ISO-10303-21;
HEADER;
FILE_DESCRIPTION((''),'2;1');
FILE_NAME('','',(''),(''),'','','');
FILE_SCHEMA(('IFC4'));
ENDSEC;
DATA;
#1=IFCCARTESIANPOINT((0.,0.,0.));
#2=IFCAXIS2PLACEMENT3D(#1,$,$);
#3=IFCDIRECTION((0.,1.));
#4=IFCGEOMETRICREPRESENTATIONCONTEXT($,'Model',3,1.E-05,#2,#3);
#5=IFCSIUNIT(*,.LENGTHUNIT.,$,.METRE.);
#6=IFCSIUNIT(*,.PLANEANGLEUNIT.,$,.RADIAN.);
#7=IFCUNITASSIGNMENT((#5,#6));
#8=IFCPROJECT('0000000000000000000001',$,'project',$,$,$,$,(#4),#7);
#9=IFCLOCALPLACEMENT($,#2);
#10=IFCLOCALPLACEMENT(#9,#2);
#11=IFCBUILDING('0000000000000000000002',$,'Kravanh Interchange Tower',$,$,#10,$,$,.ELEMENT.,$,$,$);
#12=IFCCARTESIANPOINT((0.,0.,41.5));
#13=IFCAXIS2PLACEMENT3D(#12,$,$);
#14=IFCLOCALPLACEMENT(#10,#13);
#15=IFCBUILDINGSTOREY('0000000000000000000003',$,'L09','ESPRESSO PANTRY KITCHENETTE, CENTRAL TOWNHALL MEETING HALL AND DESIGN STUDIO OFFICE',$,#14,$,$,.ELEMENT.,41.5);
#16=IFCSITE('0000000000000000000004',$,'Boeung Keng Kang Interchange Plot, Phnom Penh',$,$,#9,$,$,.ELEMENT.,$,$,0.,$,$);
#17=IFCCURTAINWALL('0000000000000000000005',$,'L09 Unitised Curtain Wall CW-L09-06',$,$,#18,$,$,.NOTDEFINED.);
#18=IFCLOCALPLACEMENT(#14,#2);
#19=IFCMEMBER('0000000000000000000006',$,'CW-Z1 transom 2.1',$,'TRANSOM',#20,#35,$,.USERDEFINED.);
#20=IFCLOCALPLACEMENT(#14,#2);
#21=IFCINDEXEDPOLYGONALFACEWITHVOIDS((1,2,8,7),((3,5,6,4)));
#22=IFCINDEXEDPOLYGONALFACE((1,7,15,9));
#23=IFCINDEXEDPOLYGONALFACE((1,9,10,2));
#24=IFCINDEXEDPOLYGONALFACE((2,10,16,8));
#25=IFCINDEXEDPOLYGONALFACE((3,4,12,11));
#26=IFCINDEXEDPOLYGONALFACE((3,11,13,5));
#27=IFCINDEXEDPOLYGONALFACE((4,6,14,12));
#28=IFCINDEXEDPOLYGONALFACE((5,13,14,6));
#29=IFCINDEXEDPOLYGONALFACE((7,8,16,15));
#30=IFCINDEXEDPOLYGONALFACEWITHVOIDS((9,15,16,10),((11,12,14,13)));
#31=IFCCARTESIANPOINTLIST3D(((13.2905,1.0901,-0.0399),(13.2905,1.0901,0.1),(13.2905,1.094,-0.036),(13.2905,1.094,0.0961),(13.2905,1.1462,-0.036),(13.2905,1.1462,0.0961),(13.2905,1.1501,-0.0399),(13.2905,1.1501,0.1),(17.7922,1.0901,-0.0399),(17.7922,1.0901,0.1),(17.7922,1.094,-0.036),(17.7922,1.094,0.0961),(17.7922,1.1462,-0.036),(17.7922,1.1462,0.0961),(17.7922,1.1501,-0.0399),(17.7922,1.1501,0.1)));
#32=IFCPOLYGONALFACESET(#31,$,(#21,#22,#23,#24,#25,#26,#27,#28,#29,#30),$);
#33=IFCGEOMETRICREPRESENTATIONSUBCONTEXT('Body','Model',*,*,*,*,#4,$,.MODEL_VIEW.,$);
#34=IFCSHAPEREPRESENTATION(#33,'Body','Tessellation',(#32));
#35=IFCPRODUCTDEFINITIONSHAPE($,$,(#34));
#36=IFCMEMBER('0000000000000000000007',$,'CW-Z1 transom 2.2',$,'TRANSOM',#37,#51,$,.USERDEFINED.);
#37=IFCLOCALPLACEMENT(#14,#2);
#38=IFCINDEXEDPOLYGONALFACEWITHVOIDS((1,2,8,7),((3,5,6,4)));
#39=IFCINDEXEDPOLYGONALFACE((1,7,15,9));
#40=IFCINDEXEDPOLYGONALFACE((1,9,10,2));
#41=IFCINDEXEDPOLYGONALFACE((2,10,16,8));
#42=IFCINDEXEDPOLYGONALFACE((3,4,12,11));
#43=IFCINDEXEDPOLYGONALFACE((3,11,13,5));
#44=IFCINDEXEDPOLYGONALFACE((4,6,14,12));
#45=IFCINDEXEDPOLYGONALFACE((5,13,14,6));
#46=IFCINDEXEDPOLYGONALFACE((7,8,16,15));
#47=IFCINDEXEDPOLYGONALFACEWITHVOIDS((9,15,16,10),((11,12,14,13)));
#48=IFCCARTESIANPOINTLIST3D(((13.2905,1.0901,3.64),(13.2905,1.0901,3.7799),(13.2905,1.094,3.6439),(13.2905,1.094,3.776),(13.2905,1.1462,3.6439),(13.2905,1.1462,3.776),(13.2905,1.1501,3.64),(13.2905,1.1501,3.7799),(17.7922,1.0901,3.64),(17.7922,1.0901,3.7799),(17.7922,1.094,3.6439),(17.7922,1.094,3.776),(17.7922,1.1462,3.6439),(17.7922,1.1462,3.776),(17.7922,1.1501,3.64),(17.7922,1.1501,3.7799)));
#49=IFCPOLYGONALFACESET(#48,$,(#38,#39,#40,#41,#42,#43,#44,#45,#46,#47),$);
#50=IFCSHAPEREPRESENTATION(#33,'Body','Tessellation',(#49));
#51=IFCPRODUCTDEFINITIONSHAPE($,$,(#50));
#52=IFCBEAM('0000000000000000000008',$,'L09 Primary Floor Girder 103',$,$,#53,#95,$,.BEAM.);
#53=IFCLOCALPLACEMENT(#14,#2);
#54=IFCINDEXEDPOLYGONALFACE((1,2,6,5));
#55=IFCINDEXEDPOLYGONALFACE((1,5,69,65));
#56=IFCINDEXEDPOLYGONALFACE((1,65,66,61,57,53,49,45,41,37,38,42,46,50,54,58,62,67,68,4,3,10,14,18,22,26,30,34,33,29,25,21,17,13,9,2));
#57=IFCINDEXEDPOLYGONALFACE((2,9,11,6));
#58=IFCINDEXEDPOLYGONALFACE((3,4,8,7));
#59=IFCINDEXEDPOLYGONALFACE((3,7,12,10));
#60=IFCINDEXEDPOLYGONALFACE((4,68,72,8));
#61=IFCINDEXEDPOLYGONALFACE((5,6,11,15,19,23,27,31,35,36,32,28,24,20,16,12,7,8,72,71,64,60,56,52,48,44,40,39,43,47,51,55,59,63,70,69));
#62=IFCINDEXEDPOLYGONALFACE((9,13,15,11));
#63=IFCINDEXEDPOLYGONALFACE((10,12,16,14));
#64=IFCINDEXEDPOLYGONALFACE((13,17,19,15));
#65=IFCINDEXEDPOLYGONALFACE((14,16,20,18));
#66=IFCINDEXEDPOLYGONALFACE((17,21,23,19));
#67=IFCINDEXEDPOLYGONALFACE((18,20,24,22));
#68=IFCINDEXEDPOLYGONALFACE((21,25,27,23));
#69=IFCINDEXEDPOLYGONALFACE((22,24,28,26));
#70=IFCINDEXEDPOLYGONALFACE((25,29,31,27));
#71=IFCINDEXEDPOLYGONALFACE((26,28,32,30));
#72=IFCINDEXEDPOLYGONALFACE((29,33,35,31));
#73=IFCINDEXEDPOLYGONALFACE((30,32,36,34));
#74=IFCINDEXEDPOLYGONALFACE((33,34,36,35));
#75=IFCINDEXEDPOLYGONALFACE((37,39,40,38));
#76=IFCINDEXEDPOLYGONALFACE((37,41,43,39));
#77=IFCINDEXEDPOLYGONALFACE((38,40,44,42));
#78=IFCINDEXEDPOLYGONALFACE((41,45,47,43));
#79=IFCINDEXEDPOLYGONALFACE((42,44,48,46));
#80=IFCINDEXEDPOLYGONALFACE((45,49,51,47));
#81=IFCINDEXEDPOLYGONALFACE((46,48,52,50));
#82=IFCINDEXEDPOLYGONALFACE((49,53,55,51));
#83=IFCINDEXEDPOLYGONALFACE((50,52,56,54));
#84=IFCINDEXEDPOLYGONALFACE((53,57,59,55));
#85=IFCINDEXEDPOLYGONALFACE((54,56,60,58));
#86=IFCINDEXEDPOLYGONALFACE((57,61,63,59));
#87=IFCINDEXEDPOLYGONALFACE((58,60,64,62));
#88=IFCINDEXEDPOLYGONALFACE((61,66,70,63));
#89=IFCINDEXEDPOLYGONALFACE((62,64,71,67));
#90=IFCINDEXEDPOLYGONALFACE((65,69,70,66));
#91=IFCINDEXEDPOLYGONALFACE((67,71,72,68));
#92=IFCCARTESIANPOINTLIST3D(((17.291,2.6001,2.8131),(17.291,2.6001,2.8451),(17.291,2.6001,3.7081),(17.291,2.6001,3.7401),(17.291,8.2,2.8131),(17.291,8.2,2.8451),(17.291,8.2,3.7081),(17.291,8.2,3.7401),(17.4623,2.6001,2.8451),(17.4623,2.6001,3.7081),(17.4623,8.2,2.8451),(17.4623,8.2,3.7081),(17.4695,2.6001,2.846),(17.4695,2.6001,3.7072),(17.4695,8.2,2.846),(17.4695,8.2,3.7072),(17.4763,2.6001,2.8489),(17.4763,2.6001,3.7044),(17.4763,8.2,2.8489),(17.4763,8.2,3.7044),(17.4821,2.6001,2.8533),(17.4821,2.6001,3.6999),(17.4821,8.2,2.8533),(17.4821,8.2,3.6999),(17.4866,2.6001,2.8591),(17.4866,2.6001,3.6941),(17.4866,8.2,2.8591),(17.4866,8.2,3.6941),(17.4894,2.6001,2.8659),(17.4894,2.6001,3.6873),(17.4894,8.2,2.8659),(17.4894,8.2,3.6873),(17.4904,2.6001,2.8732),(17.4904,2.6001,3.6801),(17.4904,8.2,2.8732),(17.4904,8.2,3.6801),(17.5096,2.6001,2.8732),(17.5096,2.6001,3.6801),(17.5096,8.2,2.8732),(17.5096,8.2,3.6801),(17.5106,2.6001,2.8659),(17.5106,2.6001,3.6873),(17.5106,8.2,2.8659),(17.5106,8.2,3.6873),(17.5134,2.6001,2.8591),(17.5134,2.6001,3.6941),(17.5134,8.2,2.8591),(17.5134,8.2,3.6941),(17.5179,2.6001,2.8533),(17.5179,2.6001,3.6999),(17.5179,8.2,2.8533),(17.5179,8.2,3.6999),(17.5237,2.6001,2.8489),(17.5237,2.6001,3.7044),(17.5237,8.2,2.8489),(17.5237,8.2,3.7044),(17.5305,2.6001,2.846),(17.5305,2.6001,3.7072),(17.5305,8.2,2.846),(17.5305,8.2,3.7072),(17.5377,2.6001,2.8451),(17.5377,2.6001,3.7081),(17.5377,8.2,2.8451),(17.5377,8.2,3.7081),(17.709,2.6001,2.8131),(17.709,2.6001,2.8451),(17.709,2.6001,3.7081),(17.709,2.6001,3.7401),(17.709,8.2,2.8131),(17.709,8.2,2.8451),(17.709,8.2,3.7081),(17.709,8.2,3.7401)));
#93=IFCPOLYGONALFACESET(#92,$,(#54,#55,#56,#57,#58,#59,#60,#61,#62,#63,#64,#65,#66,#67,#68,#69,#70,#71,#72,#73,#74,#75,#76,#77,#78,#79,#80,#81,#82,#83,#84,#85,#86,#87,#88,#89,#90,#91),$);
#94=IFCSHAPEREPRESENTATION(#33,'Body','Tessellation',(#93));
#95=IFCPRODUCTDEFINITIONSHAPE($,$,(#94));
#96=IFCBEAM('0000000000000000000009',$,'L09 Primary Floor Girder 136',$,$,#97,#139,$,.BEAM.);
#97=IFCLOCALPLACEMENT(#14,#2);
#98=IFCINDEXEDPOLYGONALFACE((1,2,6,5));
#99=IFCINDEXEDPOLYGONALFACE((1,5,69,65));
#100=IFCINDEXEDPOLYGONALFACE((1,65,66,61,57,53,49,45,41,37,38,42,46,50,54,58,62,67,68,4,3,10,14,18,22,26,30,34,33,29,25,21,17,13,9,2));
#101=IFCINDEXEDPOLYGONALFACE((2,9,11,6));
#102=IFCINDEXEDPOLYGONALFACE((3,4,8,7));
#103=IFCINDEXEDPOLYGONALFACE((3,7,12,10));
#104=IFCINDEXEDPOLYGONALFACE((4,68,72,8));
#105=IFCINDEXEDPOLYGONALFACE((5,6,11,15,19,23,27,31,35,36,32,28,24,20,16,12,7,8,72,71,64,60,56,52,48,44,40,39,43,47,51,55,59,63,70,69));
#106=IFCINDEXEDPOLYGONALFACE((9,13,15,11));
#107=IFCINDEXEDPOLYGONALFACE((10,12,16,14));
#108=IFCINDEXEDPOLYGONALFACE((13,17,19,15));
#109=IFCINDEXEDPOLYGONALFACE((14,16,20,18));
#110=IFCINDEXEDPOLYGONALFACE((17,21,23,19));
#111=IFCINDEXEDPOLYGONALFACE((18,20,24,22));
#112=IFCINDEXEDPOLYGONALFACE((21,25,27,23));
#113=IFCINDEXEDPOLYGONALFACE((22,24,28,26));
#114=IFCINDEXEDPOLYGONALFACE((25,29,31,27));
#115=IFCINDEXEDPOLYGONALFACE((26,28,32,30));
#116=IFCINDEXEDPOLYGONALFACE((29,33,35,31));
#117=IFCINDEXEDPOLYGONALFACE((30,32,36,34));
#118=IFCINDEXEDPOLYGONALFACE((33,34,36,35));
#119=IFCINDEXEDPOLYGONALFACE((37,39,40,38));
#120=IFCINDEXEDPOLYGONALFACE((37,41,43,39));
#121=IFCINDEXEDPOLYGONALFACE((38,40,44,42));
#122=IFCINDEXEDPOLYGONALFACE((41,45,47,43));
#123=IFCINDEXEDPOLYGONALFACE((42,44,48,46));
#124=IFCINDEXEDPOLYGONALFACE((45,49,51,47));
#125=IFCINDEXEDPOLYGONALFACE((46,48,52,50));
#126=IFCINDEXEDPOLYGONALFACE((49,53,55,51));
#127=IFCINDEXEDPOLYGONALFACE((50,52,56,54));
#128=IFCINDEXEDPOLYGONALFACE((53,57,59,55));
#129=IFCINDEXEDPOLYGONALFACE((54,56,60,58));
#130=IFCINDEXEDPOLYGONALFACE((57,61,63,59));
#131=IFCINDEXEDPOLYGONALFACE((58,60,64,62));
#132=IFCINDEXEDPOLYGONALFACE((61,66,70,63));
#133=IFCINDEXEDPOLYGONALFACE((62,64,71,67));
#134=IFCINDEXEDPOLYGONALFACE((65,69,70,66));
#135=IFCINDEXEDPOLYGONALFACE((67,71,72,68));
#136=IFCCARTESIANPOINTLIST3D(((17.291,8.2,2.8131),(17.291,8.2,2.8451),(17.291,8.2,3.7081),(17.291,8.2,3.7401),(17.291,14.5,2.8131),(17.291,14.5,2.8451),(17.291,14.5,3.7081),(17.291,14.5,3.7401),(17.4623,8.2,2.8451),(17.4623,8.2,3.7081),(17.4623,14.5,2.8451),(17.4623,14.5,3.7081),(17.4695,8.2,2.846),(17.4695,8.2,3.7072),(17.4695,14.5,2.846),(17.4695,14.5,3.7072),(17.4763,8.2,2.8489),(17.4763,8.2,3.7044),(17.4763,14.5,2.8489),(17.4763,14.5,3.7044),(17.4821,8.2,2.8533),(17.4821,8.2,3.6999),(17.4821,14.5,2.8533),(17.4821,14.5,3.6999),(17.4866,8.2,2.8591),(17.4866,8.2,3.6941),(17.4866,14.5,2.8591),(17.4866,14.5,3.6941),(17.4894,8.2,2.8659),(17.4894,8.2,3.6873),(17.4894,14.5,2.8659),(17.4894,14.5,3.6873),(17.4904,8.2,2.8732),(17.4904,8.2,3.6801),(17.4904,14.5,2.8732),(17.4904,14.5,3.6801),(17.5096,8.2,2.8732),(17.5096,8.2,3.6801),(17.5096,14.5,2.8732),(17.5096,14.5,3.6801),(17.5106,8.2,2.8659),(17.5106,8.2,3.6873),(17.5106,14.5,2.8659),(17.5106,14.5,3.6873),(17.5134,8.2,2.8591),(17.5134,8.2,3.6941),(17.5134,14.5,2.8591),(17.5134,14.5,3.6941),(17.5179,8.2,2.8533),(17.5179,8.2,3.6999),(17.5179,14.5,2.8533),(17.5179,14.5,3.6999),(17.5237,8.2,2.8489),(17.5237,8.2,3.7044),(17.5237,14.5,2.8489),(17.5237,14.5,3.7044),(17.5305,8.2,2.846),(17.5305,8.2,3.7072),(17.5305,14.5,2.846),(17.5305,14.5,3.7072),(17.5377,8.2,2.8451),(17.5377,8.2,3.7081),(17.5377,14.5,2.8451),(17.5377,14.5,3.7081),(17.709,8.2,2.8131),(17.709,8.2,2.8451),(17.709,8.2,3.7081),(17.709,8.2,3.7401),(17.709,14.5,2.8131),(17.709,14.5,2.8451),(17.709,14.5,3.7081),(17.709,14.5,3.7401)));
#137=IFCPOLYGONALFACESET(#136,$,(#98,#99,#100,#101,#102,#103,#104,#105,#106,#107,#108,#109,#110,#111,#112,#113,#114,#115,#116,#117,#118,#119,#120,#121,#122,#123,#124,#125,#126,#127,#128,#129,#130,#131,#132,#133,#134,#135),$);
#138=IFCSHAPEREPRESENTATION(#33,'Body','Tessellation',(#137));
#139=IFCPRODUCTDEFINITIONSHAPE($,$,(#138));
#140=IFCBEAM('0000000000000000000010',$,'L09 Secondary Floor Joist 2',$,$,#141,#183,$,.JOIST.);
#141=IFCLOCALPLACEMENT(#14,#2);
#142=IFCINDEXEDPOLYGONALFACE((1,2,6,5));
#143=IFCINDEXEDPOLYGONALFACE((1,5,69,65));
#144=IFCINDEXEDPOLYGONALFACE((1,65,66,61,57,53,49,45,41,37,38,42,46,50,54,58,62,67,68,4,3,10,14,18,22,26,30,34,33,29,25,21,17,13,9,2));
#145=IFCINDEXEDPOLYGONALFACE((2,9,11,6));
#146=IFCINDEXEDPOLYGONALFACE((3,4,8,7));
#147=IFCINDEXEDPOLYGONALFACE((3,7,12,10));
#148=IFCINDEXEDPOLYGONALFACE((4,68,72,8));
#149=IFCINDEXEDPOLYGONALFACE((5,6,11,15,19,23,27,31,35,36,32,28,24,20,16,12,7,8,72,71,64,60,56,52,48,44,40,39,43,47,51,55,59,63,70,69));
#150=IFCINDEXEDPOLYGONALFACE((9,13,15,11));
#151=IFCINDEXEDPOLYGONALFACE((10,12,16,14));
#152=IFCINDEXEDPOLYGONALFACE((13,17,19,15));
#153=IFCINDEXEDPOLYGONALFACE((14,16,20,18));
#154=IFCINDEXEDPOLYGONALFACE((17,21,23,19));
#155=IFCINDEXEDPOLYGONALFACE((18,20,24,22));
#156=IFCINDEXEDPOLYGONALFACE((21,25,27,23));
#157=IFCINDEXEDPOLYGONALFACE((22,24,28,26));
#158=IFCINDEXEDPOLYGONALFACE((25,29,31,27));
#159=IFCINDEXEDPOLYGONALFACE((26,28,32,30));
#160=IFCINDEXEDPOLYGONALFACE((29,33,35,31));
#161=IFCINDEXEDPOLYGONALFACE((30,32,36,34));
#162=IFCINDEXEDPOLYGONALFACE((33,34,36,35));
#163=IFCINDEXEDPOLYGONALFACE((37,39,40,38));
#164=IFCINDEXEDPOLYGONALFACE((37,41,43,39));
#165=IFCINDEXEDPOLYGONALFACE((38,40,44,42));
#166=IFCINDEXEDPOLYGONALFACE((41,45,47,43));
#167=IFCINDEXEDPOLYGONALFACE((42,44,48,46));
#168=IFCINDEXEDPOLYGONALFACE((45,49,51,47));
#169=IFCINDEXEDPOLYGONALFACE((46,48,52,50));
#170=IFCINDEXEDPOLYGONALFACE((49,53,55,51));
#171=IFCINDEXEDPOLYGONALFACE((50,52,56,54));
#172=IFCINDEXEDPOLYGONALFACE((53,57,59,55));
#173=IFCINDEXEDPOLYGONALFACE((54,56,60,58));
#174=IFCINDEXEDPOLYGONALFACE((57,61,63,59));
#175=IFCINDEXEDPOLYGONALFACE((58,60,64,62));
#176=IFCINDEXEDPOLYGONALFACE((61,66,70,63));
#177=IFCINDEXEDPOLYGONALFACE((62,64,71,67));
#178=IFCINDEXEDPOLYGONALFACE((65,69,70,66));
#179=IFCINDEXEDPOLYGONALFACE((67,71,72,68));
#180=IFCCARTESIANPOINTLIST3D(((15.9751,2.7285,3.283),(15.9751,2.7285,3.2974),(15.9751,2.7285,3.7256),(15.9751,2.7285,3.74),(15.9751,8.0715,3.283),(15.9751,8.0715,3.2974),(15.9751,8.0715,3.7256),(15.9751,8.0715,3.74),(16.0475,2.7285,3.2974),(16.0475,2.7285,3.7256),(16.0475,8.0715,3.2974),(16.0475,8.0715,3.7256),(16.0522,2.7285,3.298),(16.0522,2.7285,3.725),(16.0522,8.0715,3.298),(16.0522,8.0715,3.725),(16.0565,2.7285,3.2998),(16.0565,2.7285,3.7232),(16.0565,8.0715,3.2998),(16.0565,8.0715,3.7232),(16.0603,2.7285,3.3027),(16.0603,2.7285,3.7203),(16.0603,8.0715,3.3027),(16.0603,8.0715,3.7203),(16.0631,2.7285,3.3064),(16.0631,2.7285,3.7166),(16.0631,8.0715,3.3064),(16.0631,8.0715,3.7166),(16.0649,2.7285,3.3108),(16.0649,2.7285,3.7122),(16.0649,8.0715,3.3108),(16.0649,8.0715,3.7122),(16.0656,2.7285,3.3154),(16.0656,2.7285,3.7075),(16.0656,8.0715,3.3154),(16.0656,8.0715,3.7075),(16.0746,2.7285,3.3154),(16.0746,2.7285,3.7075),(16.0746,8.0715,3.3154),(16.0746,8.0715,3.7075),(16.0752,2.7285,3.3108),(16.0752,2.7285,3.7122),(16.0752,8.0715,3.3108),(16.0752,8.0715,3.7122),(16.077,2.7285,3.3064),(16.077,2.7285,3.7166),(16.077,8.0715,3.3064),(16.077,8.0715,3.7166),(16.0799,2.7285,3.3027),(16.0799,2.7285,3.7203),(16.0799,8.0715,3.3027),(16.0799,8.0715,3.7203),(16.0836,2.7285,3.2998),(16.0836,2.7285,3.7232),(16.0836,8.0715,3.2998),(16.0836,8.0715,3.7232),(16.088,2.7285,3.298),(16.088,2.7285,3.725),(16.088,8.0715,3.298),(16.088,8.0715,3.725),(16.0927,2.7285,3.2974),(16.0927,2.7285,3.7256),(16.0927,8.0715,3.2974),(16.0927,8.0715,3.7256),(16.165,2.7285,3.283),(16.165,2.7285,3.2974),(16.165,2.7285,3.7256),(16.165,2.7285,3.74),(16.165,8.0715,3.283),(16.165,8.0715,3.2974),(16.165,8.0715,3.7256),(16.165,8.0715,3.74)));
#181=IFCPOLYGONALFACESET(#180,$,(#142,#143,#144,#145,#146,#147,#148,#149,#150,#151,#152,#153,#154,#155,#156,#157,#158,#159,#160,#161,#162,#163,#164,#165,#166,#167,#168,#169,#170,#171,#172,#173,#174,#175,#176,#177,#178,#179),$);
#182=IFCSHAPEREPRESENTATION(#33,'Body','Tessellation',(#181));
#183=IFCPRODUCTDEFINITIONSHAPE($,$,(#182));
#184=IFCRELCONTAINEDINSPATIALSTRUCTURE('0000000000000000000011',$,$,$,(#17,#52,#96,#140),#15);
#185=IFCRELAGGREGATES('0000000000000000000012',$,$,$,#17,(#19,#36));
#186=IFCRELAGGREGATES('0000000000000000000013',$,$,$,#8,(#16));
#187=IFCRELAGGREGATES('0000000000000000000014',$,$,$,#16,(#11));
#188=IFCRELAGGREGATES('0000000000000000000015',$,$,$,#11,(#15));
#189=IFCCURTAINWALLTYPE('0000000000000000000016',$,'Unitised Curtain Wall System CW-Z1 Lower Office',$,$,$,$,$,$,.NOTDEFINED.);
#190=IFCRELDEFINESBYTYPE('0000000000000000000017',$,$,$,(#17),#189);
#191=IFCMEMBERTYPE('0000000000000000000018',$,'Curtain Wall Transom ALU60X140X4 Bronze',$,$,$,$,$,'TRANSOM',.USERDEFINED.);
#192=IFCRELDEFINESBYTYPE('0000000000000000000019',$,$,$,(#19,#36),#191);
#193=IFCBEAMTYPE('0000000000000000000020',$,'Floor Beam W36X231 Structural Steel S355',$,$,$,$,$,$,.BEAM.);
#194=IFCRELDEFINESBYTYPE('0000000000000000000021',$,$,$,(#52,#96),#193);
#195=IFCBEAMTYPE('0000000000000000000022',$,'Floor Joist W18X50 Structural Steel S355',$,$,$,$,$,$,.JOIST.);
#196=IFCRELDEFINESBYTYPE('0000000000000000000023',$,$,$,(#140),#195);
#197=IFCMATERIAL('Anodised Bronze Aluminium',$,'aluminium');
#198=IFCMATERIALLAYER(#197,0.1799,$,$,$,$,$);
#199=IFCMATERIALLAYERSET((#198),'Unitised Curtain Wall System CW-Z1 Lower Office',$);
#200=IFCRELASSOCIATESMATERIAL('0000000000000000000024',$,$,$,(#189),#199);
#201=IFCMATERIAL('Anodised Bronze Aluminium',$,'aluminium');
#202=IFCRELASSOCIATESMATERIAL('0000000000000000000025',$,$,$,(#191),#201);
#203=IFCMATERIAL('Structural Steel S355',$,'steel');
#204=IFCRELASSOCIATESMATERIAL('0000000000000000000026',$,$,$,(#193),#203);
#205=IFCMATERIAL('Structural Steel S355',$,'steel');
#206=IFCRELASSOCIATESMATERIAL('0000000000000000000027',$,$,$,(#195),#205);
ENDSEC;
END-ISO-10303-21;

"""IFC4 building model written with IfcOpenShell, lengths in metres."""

from ifc_helpers import new_model, si_unit, direction, frame, origin, origin_2d, place, context, subcontext, project, spatial, hollow_rectangle, i_section, extrude, material, layer, layer_set, material_profile, profile_set, type_object, element, aggregate, save


model = new_model("IFC4")

# Units and contexts
model_context = context("Model", 3, precision=1e-05, world=origin(), true_north=direction((0.0, 1.0)))
body_context = subcontext(model_context, "Body", "Model", "MODEL_VIEW")
ifc_project = project(units=[si_unit("LENGTHUNIT", "METRE"), si_unit("PLANEANGLEUNIT", "RADIAN")], contexts=[model_context])

# Site, building, storey
site_placement = place(None, origin())
site = spatial("IfcSite", under=ifc_project, at=site_placement, Name="Boeung Keng Kang Interchange Plot, Phnom Penh", CompositionType="ELEMENT", RefElevation=0.0)
building_placement = place(site_placement, origin())
building = spatial("IfcBuilding", under=site, at=building_placement, Name="Kravanh Interchange Tower", CompositionType="ELEMENT")
storey_placement = place(building_placement, frame((0.0, 0.0, 41.5)))
storey = spatial("IfcBuildingStorey", under=building, at=storey_placement, Name="L09", Description="ESPRESSO PANTRY KITCHENETTE, CENTRAL TOWNHALL MEETING HALL AND DESIGN STUDIO OFFICE", CompositionType="ELEMENT", Elevation=41.5)

# Curtain wall, members
ifc_material_1 = material(Name="Anodised Bronze Aluminium", Category="aluminium")
ifc_layer_1 = layer(ifc_material_1, 0.1799)
ifc_layer_set_1 = layer_set([ifc_layer_1], Name="Unitised Curtain Wall System CW-Z1 Lower Office")
curtain_wall_type = type_object("IfcCurtainWallType", Name="Unitised Curtain Wall System CW-Z1 Lower Office", PredefinedType="NOTDEFINED", material=ifc_layer_set_1)
curtain_wall_placement = place(storey_placement, origin())
curtain_wall = element("IfcCurtainWall", 1, at=curtain_wall_placement, inside=storey, type_object=curtain_wall_type, Name="L09 Unitised Curtain Wall CW-L09-06", PredefinedType="NOTDEFINED")
ifc_material_2 = material(Name="Anodised Bronze Aluminium", Category="aluminium")
ifc_material_profile_1 = material_profile(ifc_material_2, hollow_rectangle(XDim=0.0601, YDim=0.1399, WallThickness=0.0039, at=origin_2d()), Name="ALU60X140X4")
ifc_profile_set_1 = profile_set([ifc_material_profile_1], Name="Anodised Bronze Aluminium")
member_type_1 = type_object("IfcMemberType", Name="Curtain Wall Transom ALU60X140X4 Bronze", ElementType="TRANSOM", PredefinedType="USERDEFINED", material=ifc_profile_set_1)
member_1_placement = place(storey_placement, frame((17.7922, 1.1201, 0.03), z_axis=(-1.0, 0.0, 0.0), x_axis=(0.0, -1.0, 0.0)))
member_1 = element("IfcMember", 2, at=member_1_placement, type_object=member_type_1, Name="CW-Z1 transom 2.1", ObjectType="TRANSOM", PredefinedType="USERDEFINED", context=body_context, shape_type="SweptSolid", body=[
    extrude(hollow_rectangle(XDim=0.0601, YDim=0.1399, WallThickness=0.0039, at=origin_2d()), origin(), (0.0, 0.0, 1.0), 4.5017),
])
member_2_placement = place(storey_placement, frame((17.7922, 1.1201, 3.71), z_axis=(-1.0, 0.0, 0.0), x_axis=(0.0, -1.0, 0.0)))
member_2 = element("IfcMember", 3, at=member_2_placement, type_object=member_type_1, Name="CW-Z1 transom 2.2", ObjectType="TRANSOM", PredefinedType="USERDEFINED", context=body_context, shape_type="SweptSolid", body=[
    extrude(hollow_rectangle(XDim=0.0601, YDim=0.1399, WallThickness=0.0039, at=origin_2d()), origin(), (0.0, 0.0, 1.0), 4.5017),
])

# Beams
ifc_material_3 = material(Name="Structural Steel S355", Category="steel")
ifc_material_profile_2 = material_profile(ifc_material_3, i_section(OverallWidth=0.418, OverallDepth=0.927, WebThickness=0.0193, FlangeThickness=0.032, FilletRadius=0.0281, at=origin_2d()), Name="W36X231")
ifc_profile_set_2 = profile_set([ifc_material_profile_2], Name="Structural Steel S355")
beam_type_1 = type_object("IfcBeamType", Name="Floor Beam W36X231 Structural Steel S355", PredefinedType="BEAM", material=ifc_profile_set_2)
beam_1_placement = place(storey_placement, frame((17.5, 2.6001, 3.2766), z_axis=(0.0, 1.0, 0.0), x_axis=(-1.0, 0.0, 0.0)))
element("IfcBeam", 4, at=beam_1_placement, inside=storey, type_object=beam_type_1, Name="L09 Primary Floor Girder 103", PredefinedType="BEAM", context=body_context, shape_type="SweptSolid", body=[
    extrude(i_section(OverallWidth=0.418, OverallDepth=0.927, WebThickness=0.0193, FlangeThickness=0.032, FilletRadius=0.0281, at=origin_2d()), origin(), (0.0, 0.0, 1.0), 5.5999),
])
beam_2_placement = place(storey_placement, frame((17.5, 8.2, 3.2766), z_axis=(0.0, 1.0, 0.0), x_axis=(-1.0, 0.0, 0.0)))
element("IfcBeam", 5, at=beam_2_placement, inside=storey, type_object=beam_type_1, Name="L09 Primary Floor Girder 136", PredefinedType="BEAM", context=body_context, shape_type="SweptSolid", body=[
    extrude(i_section(OverallWidth=0.418, OverallDepth=0.927, WebThickness=0.0193, FlangeThickness=0.032, FilletRadius=0.0281, at=origin_2d()), origin(), (0.0, 0.0, 1.0), 6.3),
])
ifc_material_4 = material(Name="Structural Steel S355", Category="steel")
ifc_material_profile_3 = material_profile(ifc_material_4, i_section(OverallWidth=0.1899, OverallDepth=0.457, WebThickness=0.009, FlangeThickness=0.0144, FilletRadius=0.0181, at=origin_2d()), Name="W18X50")
ifc_profile_set_3 = profile_set([ifc_material_profile_3], Name="Structural Steel S355")
beam_type_2 = type_object("IfcBeamType", Name="Floor Joist W18X50 Structural Steel S355", PredefinedType="JOIST", material=ifc_profile_set_3)
for number, where, z_axis, x_axis, name in (
    (6, (16.0701, 2.7285, 3.5115), (0.0, 1.0, 0.0), (-1.0, 0.0, 0.0), "L09 Secondary Floor Joist 2"),
):
    element("IfcBeam", number, at=place(storey_placement, frame(where, z_axis=z_axis, x_axis=x_axis)), inside=storey, type_object=beam_type_2, Name=name, PredefinedType="JOIST", context=body_context, shape_type="SweptSolid", body=[
        extrude(i_section(OverallWidth=0.1899, OverallDepth=0.457, WebThickness=0.009, FlangeThickness=0.0144, FilletRadius=0.0181, at=origin_2d()), origin(), (0.0, 0.0, 1.0), 5.343),
    ])

aggregate(curtain_wall, [member_1, member_2])

save(model, "model.ifc")
